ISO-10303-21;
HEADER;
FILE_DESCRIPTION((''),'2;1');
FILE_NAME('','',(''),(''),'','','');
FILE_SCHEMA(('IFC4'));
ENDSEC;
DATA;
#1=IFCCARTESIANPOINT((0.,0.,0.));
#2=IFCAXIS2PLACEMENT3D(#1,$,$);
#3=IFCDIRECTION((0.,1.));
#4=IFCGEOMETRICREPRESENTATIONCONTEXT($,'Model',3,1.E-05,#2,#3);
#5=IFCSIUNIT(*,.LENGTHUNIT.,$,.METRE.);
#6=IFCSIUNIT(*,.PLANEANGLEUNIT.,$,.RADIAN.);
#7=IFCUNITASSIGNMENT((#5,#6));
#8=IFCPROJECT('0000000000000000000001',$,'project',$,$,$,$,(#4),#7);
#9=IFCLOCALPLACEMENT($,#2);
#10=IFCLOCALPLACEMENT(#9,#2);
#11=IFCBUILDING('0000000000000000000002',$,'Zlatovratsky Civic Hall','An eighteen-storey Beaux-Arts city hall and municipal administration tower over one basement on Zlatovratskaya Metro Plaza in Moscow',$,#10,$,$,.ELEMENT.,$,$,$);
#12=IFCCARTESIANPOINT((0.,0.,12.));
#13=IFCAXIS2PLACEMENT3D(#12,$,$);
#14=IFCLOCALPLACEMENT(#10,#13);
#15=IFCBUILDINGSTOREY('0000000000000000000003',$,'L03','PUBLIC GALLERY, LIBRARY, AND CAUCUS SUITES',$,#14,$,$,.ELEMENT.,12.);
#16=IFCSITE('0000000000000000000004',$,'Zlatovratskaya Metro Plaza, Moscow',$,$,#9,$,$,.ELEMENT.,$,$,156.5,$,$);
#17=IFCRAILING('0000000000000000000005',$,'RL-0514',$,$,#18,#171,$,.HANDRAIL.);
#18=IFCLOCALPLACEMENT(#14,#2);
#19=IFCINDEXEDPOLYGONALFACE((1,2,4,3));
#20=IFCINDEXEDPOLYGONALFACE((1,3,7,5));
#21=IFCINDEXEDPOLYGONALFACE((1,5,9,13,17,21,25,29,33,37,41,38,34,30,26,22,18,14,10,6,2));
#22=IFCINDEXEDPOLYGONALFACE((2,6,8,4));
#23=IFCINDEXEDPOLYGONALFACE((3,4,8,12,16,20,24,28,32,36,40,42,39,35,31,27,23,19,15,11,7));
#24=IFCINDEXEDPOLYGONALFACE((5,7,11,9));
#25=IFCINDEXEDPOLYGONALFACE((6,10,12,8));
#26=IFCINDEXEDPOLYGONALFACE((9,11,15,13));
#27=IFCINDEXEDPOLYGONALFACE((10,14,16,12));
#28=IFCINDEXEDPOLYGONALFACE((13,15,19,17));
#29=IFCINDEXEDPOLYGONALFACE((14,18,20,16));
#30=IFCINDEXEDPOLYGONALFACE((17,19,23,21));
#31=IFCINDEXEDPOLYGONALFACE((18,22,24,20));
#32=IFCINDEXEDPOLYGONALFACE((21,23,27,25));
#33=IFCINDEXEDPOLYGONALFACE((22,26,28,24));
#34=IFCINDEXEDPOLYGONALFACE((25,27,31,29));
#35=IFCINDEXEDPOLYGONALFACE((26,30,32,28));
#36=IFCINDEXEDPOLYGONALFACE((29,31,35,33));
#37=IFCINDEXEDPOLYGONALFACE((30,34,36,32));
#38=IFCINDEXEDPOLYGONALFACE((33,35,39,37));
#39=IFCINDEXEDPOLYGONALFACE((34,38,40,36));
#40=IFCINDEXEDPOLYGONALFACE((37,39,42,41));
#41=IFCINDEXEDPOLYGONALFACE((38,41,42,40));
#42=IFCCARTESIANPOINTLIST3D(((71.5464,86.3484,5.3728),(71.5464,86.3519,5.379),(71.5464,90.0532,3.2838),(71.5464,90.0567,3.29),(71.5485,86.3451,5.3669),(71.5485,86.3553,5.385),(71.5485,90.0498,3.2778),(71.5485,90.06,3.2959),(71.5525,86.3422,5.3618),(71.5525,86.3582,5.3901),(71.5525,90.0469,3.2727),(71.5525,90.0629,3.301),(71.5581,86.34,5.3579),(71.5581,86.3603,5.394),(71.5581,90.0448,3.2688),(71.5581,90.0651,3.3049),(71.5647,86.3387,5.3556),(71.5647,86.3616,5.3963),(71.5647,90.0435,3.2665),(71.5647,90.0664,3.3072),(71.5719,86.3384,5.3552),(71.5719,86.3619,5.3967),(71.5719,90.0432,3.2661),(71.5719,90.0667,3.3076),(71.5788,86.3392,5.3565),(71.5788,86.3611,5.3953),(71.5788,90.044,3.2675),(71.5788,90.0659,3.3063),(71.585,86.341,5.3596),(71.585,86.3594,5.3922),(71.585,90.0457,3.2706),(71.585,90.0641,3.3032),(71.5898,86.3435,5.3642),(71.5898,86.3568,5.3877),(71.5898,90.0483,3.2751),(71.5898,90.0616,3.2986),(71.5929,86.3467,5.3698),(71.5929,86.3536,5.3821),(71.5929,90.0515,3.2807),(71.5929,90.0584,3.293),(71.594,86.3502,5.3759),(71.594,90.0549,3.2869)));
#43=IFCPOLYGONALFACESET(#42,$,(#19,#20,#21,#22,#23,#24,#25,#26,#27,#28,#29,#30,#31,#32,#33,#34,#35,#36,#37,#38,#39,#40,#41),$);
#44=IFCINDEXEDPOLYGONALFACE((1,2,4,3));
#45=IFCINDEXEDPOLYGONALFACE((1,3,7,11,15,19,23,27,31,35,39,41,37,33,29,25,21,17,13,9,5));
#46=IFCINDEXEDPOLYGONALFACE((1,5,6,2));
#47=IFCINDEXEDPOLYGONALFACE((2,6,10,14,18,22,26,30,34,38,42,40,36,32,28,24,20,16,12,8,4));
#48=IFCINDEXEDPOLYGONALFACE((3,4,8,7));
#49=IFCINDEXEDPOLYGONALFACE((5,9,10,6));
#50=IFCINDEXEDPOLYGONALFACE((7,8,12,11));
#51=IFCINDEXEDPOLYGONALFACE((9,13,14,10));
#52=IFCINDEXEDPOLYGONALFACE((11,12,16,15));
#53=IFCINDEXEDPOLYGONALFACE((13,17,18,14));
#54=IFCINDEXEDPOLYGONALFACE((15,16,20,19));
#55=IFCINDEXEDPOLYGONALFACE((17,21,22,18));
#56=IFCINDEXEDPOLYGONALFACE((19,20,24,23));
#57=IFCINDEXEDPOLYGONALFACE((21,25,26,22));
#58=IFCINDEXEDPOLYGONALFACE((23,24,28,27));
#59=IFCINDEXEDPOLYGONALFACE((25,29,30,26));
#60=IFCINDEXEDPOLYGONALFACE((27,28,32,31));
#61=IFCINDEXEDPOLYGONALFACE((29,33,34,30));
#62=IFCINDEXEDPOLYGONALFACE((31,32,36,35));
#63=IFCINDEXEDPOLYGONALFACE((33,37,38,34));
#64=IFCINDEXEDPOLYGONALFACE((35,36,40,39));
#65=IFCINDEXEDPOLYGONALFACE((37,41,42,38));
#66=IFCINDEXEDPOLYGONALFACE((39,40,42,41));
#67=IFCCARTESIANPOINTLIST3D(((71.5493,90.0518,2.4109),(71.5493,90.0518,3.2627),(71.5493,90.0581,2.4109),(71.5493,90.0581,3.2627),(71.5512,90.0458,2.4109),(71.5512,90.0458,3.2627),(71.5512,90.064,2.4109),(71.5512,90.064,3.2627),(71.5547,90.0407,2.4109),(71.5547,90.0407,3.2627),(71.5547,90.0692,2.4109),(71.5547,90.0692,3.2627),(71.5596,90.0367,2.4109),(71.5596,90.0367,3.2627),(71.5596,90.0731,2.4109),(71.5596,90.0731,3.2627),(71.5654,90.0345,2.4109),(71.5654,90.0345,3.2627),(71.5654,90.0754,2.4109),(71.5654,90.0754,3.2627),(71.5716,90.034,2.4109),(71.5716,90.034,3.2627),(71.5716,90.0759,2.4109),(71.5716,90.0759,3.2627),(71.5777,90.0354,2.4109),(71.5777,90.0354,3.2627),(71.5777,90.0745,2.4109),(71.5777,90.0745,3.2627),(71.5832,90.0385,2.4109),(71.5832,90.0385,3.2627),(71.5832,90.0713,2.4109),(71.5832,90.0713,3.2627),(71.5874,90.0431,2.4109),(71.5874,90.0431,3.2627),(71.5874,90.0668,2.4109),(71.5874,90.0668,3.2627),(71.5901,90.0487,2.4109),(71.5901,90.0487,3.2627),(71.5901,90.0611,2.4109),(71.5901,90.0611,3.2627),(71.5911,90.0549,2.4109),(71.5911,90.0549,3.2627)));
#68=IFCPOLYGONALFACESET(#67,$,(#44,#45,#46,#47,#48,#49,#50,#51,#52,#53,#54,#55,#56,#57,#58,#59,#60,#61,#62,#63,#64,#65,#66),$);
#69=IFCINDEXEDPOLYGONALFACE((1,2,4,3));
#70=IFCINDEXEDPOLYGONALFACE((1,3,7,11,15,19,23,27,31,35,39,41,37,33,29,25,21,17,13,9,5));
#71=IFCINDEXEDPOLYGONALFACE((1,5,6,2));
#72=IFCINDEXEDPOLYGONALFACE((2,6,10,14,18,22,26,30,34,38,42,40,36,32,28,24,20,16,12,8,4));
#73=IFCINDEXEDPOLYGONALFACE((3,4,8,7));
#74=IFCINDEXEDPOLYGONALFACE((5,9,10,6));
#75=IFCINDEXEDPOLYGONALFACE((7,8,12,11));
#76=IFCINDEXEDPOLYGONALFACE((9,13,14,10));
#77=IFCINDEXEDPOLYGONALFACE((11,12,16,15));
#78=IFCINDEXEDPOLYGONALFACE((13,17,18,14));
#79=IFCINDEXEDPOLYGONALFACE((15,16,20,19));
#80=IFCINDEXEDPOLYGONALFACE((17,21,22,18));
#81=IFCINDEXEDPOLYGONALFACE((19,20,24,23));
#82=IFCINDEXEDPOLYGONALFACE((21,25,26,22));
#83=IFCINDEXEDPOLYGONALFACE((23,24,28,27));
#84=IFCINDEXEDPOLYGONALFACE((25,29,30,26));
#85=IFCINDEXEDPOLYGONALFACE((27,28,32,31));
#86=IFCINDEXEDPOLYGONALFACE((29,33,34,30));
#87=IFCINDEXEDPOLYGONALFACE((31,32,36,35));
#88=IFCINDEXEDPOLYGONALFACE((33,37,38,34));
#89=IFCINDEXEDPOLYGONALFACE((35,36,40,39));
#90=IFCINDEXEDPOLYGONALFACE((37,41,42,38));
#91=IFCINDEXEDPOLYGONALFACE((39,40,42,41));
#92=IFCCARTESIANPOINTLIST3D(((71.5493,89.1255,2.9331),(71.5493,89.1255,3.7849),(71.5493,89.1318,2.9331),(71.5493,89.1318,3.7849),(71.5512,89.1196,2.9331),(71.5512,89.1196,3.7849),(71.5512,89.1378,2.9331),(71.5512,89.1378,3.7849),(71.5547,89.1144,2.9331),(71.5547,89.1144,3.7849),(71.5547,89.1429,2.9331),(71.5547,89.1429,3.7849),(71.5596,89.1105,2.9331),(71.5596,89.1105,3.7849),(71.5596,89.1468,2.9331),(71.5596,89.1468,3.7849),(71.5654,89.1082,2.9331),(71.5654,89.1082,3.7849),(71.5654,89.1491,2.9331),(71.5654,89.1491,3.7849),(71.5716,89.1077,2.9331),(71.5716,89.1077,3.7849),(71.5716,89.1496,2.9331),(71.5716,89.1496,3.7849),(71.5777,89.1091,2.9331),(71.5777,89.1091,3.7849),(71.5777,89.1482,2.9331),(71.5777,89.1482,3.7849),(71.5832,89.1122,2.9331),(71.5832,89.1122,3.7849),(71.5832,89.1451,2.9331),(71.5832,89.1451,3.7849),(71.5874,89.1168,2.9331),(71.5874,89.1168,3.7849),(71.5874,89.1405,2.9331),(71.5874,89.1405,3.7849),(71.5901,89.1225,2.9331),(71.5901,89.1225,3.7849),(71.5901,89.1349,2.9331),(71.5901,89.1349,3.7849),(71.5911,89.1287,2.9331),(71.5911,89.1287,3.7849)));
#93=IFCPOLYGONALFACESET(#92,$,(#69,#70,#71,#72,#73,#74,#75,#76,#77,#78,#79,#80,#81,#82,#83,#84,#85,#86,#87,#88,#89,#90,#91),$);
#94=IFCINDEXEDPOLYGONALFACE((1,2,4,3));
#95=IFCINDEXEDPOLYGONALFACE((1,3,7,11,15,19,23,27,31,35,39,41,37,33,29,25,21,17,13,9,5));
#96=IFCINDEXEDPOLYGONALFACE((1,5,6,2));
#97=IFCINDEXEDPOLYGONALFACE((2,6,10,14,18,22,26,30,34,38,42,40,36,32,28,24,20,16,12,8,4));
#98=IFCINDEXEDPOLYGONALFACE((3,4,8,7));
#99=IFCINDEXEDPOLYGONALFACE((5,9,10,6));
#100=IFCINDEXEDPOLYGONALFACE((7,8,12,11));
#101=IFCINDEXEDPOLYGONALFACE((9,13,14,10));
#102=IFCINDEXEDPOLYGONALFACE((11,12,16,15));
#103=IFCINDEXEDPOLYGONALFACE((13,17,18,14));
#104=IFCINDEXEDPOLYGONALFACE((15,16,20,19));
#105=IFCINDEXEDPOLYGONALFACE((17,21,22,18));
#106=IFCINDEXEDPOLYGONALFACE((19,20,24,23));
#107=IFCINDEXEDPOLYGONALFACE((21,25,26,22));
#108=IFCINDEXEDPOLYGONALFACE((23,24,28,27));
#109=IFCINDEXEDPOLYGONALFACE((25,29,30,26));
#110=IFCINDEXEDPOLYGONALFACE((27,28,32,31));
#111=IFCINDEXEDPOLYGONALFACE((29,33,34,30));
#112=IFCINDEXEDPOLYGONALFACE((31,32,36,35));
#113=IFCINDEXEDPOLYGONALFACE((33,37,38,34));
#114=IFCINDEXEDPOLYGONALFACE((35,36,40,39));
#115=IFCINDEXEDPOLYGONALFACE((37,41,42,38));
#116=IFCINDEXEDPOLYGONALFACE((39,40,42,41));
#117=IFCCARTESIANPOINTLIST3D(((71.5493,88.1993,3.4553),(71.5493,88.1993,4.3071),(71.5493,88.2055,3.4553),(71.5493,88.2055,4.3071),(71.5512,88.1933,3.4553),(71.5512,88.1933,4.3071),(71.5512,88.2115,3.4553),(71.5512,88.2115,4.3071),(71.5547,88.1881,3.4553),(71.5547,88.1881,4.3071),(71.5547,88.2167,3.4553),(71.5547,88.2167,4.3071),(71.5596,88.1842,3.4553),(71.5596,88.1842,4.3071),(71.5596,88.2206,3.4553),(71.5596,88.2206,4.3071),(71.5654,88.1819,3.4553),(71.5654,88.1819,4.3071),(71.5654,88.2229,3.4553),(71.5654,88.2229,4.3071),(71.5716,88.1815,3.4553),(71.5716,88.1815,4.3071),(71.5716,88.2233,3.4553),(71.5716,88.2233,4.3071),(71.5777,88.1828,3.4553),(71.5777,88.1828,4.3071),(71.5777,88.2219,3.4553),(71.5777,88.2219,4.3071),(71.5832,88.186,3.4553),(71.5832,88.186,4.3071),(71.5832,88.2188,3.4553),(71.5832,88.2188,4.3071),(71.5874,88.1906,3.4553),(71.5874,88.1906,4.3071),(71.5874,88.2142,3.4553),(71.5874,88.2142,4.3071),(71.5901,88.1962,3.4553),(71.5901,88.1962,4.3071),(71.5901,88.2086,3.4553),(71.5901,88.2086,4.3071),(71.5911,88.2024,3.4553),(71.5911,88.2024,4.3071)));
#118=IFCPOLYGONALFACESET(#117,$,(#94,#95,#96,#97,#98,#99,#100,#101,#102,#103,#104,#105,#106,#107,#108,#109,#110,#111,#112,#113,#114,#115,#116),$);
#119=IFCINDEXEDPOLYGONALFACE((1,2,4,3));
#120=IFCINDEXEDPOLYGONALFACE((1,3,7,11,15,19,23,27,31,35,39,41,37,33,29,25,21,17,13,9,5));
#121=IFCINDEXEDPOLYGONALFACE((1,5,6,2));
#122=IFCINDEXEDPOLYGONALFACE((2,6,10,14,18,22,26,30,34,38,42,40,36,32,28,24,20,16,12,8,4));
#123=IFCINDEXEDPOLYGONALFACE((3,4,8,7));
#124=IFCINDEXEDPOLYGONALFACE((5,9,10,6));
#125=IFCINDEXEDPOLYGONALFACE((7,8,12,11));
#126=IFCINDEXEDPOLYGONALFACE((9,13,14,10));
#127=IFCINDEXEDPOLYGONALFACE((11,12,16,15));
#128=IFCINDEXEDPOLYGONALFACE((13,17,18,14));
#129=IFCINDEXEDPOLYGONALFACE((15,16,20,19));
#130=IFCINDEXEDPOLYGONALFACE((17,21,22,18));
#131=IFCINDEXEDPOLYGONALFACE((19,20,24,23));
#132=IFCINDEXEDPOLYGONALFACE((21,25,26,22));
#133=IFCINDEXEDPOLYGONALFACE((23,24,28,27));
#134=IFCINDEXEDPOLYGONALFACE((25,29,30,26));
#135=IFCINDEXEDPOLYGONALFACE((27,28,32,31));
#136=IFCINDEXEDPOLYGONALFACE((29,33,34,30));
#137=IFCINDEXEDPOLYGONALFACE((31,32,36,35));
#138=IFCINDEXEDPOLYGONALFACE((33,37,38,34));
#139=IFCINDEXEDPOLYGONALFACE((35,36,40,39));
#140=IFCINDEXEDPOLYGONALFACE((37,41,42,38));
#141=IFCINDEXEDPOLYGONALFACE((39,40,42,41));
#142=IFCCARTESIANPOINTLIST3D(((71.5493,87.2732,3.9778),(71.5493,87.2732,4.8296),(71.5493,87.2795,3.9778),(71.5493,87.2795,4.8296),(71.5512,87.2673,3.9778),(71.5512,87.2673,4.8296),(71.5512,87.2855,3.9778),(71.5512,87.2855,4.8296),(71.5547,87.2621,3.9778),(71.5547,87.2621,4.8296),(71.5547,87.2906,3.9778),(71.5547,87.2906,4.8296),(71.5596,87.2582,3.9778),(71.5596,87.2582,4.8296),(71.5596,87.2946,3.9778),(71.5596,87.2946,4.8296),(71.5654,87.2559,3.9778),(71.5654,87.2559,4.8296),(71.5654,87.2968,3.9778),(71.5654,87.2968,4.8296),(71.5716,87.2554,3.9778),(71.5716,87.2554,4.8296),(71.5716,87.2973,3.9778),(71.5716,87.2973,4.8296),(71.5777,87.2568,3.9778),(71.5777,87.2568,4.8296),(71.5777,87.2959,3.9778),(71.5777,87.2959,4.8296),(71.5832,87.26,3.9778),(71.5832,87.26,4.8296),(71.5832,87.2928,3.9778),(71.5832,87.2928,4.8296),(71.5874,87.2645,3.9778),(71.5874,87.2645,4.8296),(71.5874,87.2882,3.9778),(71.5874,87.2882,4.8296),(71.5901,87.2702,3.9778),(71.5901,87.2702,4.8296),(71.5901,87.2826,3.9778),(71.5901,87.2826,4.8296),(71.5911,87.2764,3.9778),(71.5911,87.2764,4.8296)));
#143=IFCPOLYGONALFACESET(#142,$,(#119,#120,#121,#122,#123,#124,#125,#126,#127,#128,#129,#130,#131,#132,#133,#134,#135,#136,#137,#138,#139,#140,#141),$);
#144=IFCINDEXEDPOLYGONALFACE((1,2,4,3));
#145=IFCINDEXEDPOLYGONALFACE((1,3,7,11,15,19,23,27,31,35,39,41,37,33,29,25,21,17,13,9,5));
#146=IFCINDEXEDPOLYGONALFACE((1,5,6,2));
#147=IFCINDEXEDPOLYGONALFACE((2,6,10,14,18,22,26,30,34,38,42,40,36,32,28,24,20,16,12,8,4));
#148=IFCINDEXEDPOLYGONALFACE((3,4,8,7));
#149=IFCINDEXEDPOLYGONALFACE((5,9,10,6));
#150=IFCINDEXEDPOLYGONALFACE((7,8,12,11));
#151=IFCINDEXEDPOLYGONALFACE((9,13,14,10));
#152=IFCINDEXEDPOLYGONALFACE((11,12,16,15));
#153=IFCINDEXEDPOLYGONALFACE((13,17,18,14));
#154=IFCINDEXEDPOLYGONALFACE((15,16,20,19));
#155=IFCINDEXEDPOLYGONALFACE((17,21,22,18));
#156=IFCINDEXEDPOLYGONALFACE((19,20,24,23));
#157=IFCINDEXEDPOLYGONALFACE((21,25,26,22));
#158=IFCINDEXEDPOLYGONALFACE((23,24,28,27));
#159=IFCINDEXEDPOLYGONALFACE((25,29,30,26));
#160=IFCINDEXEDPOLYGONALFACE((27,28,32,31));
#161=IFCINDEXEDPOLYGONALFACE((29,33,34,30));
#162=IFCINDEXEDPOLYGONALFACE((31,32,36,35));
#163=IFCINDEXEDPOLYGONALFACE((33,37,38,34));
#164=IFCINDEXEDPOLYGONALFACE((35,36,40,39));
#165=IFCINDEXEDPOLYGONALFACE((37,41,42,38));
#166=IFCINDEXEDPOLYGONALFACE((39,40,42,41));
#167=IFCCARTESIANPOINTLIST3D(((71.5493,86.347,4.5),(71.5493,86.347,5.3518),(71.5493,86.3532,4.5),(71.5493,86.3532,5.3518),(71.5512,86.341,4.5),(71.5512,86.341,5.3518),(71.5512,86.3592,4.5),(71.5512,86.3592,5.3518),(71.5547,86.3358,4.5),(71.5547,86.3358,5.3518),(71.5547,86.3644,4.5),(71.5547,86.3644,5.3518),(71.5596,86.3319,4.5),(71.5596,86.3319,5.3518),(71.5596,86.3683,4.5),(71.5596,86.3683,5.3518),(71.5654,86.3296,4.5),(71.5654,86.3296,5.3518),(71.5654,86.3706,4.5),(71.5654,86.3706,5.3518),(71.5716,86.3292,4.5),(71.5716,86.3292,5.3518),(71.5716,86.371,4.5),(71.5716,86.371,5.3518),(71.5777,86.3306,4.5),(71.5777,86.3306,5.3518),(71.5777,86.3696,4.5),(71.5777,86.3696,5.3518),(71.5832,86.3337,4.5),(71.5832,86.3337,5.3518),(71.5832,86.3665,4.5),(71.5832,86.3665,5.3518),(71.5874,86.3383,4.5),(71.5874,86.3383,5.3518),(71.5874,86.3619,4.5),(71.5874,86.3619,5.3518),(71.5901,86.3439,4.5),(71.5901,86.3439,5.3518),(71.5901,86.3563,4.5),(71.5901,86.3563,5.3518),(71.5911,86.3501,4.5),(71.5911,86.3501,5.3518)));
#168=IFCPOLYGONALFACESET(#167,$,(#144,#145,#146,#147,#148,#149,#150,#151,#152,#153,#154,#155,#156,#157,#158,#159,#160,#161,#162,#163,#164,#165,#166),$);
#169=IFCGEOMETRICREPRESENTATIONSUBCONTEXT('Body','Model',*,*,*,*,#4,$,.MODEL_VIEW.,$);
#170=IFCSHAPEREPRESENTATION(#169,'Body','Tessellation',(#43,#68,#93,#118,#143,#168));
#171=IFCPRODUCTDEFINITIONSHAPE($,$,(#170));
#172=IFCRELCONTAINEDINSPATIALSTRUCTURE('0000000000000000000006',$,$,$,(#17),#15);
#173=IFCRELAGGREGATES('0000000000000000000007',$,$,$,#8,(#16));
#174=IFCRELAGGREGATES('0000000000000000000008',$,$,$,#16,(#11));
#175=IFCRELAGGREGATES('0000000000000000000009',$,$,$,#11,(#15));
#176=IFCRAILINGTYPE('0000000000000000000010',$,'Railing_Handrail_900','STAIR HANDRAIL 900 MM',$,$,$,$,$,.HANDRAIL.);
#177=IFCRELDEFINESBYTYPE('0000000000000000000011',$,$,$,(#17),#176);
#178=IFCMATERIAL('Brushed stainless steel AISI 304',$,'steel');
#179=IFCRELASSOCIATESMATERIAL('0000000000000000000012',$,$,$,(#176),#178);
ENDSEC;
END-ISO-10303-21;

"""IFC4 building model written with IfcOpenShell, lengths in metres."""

from ifc_helpers import new_model, si_unit, direction, frame, origin, origin_2d, place, context, subcontext, project, spatial, circle, extrude, material, type_object, element, save


model = new_model("IFC4")

# Units and contexts
model_context = context("Model", 3, precision=1e-05, world=origin(), true_north=direction((0.0, 1.0)))
body_context = subcontext(model_context, "Body", "Model", "MODEL_VIEW")
ifc_project = project(units=[si_unit("LENGTHUNIT", "METRE"), si_unit("PLANEANGLEUNIT", "RADIAN")], contexts=[model_context])

# Site, building, storey
site_placement = place(None, origin())
site = spatial("IfcSite", under=ifc_project, at=site_placement, Name="Zlatovratskaya Metro Plaza, Moscow", CompositionType="ELEMENT", RefElevation=156.5)
building_placement = place(site_placement, origin())
building = spatial("IfcBuilding", under=site, at=building_placement, Name="Zlatovratsky Civic Hall", Description="An eighteen-storey Beaux-Arts city hall and municipal administration tower over one basement on Zlatovratskaya Metro Plaza in Moscow", CompositionType="ELEMENT")
storey_placement = place(building_placement, frame((0.0, 0.0, 12.0)))
storey = spatial("IfcBuildingStorey", under=building, at=storey_placement, Name="L03", Description="PUBLIC GALLERY, LIBRARY, AND CAUCUS SUITES", CompositionType="ELEMENT", Elevation=12.0)

# Railing
ifc_material_1 = material(Name="Brushed stainless steel AISI 304", Category="steel")
railing_type_1 = type_object("IfcRailingType", Name="Railing_Handrail_900", Description="STAIR HANDRAIL 900 MM", PredefinedType="HANDRAIL", material=ifc_material_1)
railing_1_placement = place(storey_placement, frame((71.5701, 90.0549, 2.4109)))
element("IfcRailing", 1, at=railing_1_placement, inside=storey, type_object=railing_type_1, Name="RL-0514", PredefinedType="HANDRAIL", context=body_context, shape_type="SweptSolid", body=[
    extrude(circle(Radius=0.0239, at=origin_2d()), frame((0.0, 0.0, 0.876), z_axis=(0.0, -0.871058, 0.491179), x_axis=(1.0, 0.0, 0.0)), (0.0, 0.0, 1.0), 4.2532),
    extrude(circle(Radius=0.021, at=origin_2d()), origin(), (0.0, 0.0, 1.0), 0.8518),
    extrude(circle(Radius=0.021, at=origin_2d()), frame((0.0, -0.9263, 0.5222)), (0.0, 0.0, 1.0), 0.8518),
    extrude(circle(Radius=0.021, at=origin_2d()), frame((0.0, -1.8525, 1.0444)), (0.0, 0.0, 1.0), 0.8518),
    extrude(circle(Radius=0.021, at=origin_2d()), frame((0.0, -2.7786, 1.5669)), (0.0, 0.0, 1.0), 0.8518),
    extrude(circle(Radius=0.021, at=origin_2d()), frame((0.0, -3.7048, 2.0891)), (0.0, 0.0, 1.0), 0.8518),
])

save(model, "model.ifc")
